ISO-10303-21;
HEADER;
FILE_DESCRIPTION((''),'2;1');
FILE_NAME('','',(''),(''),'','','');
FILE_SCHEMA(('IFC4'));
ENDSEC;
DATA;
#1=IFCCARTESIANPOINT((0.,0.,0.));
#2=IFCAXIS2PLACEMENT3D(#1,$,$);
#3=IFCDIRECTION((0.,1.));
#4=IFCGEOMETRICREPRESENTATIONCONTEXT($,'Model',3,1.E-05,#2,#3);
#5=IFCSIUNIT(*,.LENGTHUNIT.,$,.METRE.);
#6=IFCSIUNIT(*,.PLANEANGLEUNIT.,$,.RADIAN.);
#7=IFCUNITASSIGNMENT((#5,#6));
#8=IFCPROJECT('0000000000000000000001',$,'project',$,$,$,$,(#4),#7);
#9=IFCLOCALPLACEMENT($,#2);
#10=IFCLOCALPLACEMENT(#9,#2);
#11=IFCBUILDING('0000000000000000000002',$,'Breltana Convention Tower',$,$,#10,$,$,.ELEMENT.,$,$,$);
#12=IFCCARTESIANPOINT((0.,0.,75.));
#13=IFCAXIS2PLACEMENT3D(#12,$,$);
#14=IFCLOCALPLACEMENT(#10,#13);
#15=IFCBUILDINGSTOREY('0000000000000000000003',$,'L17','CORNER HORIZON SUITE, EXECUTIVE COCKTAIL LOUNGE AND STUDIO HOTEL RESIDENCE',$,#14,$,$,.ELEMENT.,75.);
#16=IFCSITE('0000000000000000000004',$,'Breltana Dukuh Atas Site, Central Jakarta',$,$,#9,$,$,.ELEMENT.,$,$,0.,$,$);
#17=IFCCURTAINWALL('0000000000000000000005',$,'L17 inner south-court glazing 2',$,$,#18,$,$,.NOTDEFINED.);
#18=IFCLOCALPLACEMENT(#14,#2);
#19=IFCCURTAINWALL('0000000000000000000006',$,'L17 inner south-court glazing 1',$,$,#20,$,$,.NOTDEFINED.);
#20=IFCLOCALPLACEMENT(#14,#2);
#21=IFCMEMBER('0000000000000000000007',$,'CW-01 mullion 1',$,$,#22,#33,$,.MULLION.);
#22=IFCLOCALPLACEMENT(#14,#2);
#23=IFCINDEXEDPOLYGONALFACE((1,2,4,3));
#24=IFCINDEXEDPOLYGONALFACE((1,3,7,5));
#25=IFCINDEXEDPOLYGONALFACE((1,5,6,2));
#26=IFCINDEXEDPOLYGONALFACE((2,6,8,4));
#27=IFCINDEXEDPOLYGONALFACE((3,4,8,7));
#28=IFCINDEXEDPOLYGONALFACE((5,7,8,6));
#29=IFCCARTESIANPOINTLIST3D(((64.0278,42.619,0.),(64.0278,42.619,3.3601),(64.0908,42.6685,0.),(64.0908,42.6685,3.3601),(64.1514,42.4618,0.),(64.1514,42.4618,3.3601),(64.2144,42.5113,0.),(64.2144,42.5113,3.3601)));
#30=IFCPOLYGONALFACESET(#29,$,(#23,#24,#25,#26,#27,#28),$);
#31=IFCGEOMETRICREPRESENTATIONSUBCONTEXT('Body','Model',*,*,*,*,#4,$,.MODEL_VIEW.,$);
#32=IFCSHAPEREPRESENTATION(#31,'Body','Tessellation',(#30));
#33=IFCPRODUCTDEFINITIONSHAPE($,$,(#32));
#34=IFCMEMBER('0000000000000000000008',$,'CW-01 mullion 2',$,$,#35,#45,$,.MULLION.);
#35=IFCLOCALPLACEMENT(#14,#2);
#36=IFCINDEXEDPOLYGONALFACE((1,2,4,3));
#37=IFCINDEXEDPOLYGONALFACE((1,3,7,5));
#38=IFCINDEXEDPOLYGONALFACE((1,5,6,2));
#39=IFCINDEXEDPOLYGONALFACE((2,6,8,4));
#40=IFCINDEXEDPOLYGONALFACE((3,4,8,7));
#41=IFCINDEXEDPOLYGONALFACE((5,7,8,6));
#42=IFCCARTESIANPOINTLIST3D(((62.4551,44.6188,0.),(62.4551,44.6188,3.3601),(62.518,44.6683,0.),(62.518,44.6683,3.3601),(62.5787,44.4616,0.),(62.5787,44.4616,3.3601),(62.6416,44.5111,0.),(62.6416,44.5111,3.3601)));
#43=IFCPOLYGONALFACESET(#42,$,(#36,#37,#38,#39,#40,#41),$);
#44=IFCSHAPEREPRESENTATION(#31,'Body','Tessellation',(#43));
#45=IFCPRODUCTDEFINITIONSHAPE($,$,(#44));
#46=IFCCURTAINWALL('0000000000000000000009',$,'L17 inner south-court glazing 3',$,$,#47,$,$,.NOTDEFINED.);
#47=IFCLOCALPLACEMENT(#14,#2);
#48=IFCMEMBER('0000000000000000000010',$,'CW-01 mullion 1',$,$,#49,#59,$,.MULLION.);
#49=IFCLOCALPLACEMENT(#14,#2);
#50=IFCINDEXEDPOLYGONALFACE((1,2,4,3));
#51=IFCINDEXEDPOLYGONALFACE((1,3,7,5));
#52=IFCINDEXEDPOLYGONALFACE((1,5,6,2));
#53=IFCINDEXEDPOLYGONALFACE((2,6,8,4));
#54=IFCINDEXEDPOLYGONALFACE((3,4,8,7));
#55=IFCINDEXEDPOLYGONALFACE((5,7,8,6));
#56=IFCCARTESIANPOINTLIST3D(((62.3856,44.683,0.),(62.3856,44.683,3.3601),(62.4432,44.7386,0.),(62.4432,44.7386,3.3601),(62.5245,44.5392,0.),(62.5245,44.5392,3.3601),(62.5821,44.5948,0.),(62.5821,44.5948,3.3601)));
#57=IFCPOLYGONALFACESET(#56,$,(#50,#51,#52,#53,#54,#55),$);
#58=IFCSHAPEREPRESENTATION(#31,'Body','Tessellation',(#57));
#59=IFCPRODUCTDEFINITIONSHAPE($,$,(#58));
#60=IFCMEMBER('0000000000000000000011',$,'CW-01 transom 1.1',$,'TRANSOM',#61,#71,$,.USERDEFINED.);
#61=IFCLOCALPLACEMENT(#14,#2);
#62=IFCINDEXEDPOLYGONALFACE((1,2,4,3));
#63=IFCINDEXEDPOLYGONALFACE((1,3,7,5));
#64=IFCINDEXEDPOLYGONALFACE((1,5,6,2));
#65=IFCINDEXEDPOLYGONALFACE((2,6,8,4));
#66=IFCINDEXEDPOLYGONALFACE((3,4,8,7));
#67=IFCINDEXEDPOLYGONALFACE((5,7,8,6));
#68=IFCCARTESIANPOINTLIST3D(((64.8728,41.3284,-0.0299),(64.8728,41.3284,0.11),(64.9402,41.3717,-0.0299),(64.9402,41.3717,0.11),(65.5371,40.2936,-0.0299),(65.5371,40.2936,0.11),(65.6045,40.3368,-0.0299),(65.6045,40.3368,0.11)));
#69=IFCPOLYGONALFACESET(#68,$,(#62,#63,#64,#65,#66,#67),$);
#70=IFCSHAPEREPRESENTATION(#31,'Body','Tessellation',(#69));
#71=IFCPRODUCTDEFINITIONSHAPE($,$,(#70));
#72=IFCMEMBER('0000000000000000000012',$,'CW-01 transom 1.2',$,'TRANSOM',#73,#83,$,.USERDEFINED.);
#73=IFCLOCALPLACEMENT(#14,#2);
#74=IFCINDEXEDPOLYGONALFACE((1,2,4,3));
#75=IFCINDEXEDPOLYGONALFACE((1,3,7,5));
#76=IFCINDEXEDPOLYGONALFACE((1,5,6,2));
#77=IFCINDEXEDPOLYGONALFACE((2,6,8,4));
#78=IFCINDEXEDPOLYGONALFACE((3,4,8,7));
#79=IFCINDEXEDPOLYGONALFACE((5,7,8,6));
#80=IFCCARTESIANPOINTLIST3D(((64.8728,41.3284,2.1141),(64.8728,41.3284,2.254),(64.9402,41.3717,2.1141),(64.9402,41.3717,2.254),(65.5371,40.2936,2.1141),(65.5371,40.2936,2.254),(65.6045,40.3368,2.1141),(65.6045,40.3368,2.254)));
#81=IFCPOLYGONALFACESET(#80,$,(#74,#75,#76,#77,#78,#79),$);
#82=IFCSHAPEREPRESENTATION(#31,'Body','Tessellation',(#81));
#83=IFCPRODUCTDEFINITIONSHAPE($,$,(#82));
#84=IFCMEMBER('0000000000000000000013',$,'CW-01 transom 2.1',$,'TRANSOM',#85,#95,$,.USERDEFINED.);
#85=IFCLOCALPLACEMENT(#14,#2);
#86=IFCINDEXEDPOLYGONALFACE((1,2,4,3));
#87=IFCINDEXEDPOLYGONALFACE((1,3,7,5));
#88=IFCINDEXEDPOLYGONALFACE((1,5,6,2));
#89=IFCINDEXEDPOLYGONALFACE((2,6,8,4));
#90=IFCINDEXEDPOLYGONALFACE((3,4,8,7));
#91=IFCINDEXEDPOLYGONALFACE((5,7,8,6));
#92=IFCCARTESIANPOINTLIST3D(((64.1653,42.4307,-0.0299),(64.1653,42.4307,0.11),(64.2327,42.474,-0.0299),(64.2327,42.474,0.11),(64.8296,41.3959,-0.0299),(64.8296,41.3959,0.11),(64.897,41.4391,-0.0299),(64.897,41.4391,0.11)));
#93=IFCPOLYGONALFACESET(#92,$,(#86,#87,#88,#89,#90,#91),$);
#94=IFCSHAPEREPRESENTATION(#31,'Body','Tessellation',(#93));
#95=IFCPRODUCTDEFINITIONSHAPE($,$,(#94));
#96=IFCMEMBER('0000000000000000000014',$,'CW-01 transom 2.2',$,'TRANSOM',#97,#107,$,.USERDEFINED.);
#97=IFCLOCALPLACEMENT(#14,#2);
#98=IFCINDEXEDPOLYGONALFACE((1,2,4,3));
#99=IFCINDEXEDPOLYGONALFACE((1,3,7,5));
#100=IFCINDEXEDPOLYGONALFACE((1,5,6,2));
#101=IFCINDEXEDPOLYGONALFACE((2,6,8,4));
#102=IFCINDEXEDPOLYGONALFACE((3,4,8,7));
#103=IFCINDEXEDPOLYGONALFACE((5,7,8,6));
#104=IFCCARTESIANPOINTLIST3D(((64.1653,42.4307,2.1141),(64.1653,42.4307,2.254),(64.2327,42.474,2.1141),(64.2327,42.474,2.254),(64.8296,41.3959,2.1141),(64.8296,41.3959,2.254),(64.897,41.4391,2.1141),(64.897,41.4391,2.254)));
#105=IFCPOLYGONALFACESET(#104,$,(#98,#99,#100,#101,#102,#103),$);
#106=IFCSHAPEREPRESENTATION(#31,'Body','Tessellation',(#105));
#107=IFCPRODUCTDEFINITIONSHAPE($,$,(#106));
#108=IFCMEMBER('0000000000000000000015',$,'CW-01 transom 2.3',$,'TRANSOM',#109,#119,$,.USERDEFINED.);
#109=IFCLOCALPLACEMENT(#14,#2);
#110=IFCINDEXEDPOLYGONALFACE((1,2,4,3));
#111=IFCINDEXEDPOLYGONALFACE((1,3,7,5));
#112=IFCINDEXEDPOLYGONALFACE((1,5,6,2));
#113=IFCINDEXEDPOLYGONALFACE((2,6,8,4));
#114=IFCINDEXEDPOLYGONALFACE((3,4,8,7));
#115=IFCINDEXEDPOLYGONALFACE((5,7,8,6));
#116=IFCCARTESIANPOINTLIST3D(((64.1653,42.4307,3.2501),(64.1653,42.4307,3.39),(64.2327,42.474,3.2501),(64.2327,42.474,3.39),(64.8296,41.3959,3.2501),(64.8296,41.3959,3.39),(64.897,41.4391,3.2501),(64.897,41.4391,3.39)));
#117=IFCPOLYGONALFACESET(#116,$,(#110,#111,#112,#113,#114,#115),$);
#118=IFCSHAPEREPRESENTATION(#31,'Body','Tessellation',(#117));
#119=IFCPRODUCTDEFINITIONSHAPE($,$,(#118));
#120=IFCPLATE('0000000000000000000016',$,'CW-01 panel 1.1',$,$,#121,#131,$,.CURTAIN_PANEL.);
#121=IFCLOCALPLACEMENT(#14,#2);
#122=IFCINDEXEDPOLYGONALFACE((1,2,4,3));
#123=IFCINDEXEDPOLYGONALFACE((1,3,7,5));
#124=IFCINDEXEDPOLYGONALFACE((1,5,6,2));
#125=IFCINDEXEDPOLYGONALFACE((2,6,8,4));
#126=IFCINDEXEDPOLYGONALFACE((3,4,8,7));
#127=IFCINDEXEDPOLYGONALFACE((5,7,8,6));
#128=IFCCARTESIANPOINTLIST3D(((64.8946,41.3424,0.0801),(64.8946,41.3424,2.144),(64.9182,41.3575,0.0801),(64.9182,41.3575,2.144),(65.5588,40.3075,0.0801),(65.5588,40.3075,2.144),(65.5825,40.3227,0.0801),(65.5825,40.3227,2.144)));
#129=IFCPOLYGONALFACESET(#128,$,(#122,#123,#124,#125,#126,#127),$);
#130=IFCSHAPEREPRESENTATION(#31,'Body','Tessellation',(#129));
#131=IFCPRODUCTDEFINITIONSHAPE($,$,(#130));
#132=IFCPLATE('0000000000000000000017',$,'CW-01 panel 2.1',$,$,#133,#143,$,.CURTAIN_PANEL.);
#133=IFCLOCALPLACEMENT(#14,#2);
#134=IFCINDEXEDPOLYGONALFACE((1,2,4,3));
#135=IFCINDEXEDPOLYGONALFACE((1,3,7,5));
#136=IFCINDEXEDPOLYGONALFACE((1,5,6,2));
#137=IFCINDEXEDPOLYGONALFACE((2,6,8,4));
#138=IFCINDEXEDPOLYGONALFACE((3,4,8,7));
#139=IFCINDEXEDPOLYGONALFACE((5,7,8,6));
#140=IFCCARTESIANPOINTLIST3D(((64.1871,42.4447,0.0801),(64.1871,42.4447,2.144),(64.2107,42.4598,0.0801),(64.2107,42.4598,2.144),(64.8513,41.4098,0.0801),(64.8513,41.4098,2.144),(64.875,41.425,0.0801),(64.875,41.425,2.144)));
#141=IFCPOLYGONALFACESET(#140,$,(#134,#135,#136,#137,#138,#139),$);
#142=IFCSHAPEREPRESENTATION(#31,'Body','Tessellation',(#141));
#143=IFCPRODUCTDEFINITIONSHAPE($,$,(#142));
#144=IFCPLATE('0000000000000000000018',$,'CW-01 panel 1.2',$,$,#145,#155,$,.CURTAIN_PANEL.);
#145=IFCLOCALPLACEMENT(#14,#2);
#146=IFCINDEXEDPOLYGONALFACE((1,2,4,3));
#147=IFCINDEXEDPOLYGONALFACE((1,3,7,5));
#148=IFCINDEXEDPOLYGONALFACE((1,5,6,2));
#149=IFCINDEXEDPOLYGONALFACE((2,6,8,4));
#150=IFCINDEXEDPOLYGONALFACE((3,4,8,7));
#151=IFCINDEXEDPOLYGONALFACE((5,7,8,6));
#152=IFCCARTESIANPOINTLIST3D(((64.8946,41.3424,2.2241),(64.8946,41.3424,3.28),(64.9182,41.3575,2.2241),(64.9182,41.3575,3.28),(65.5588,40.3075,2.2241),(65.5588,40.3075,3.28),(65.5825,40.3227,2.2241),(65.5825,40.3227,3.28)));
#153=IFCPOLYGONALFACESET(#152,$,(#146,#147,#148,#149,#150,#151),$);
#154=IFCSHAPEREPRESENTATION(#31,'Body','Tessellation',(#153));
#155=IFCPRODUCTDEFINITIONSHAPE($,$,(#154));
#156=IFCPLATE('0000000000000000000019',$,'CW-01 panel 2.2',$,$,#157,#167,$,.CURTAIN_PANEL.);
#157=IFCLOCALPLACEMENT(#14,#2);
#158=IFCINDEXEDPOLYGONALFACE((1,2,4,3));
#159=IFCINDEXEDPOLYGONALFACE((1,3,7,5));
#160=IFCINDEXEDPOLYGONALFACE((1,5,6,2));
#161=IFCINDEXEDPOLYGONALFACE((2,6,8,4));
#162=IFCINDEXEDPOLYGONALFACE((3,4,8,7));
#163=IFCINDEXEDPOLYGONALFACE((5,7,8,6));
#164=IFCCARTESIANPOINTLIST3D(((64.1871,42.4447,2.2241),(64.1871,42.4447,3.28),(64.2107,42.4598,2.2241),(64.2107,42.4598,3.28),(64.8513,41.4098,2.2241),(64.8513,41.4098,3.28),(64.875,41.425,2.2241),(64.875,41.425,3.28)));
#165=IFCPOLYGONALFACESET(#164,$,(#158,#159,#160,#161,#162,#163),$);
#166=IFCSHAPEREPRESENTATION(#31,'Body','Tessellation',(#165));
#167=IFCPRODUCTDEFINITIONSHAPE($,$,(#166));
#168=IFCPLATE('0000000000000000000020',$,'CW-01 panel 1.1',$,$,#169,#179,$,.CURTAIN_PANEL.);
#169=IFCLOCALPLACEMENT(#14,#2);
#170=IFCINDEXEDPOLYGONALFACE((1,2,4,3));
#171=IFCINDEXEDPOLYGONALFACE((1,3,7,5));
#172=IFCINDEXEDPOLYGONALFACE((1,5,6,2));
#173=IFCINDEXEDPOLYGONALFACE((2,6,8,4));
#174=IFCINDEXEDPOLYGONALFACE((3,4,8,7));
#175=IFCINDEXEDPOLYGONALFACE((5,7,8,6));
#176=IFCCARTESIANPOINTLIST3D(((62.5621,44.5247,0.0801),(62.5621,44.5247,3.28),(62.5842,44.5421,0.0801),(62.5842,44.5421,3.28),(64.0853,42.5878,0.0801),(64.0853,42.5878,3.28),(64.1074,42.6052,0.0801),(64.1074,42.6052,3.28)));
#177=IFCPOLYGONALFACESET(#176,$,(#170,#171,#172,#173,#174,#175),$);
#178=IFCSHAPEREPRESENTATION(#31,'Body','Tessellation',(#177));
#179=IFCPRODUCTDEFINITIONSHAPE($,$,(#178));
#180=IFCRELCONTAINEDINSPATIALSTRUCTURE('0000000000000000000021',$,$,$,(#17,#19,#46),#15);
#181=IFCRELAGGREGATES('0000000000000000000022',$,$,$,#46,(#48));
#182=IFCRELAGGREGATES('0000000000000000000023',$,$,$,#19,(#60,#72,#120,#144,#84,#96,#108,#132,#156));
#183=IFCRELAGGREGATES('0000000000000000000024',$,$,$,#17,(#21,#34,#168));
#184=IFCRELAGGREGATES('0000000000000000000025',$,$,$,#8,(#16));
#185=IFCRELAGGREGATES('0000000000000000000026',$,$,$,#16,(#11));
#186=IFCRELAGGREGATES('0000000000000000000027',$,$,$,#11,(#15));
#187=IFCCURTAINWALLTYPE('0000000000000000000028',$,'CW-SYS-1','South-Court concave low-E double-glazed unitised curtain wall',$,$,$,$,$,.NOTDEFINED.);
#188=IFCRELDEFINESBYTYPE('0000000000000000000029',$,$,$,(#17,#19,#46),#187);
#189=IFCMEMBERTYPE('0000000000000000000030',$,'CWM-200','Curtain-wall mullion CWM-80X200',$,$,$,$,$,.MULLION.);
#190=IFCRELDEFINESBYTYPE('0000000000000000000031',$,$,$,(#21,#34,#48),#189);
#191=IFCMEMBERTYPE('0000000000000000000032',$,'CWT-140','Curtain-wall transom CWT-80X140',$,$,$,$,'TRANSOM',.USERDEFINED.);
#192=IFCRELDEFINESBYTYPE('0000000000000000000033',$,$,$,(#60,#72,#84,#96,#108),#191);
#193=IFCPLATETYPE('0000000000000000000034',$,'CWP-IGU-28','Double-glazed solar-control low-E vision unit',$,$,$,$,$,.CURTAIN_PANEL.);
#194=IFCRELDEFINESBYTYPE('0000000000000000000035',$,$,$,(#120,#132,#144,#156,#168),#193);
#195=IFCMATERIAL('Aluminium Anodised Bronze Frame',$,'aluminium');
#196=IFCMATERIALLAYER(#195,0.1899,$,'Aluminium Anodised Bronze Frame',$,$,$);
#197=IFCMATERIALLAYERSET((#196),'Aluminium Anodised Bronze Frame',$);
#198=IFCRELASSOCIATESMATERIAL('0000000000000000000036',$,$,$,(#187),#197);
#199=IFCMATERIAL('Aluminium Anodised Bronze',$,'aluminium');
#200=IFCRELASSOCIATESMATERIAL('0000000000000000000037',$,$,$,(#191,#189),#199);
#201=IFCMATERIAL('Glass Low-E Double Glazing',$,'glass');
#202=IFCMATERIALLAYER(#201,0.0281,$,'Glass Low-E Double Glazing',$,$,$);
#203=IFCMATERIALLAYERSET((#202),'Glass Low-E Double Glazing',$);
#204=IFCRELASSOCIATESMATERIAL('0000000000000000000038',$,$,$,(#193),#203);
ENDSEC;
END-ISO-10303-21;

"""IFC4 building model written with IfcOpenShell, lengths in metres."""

from ifc_helpers import new_model, si_unit, direction, frame, origin, origin_2d, place, context, subcontext, project, spatial, rectangle, extrude, source, transform, mapped, material, layer, layer_set, material_profile, profile_set, type_object, element, aggregate, save


model = new_model("IFC4")

# Units and contexts
model_context = context("Model", 3, precision=1e-05, world=origin(), true_north=direction((0.0, 1.0)))
body_context = subcontext(model_context, "Body", "Model", "MODEL_VIEW")
ifc_project = project(units=[si_unit("LENGTHUNIT", "METRE"), si_unit("PLANEANGLEUNIT", "RADIAN")], contexts=[model_context])

# Site, building, storey
site_placement = place(None, origin())
site = spatial("IfcSite", under=ifc_project, at=site_placement, Name="Breltana Dukuh Atas Site, Central Jakarta", CompositionType="ELEMENT", RefElevation=0.0)
building_placement = place(site_placement, origin())
building = spatial("IfcBuilding", under=site, at=building_placement, Name="Breltana Convention Tower", CompositionType="ELEMENT")
storey_placement = place(building_placement, frame((0.0, 0.0, 75.0)))
storey = spatial("IfcBuildingStorey", under=building, at=storey_placement, Name="L17", Description="CORNER HORIZON SUITE, EXECUTIVE COCKTAIL LOUNGE AND STUDIO HOTEL RESIDENCE", CompositionType="ELEMENT", Elevation=75.0)

# Curtain walls
ifc_material_1 = material(Name="Aluminium Anodised Bronze Frame", Category="aluminium")
ifc_layer_1 = layer(ifc_material_1, 0.1899, Name="Aluminium Anodised Bronze Frame")
ifc_layer_set_1 = layer_set([ifc_layer_1], Name="Aluminium Anodised Bronze Frame")
curtain_wall_type = type_object("IfcCurtainWallType", Name="CW-SYS-1", Description="South-Court concave low-E double-glazed unitised curtain wall", PredefinedType="NOTDEFINED", material=ifc_layer_set_1)
curtain_wall_1_placement = place(storey_placement, origin())
curtain_wall_1 = element("IfcCurtainWall", 1, at=curtain_wall_1_placement, inside=storey, type_object=curtain_wall_type, Name="L17 inner south-court glazing 2", PredefinedType="NOTDEFINED")
ifc_material_2 = material(Name="Aluminium Anodised Bronze", Category="aluminium")
ifc_material_profile_1 = material_profile(ifc_material_2, rectangle(XDim=0.0801, YDim=0.1399, at=origin_2d()), Name="CWT-80X140")
ifc_profile_set_1 = profile_set([ifc_material_profile_1], Name="Aluminium Anodised Bronze")
member_type_1 = type_object("IfcMemberType", Name="CWT-140", Description="Curtain-wall transom CWT-80X140", ElementType="TRANSOM", PredefinedType="USERDEFINED", material=ifc_profile_set_1)
curtain_wall_2_placement = place(storey_placement, origin())
curtain_wall_2 = element("IfcCurtainWall", 2, at=curtain_wall_2_placement, inside=storey, type_object=curtain_wall_type, Name="L17 inner south-court glazing 1", PredefinedType="NOTDEFINED")
ifc_material_profile_2 = material_profile(ifc_material_2, rectangle(XDim=0.0801, YDim=0.2, at=origin_2d()), Name="CWM-80X200")
ifc_profile_set_2 = profile_set([ifc_material_profile_2], Name="Aluminium Anodised Bronze")
member_type_2 = type_object("IfcMemberType", Name="CWM-200", Description="Curtain-wall mullion CWM-80X200", PredefinedType="MULLION", material=ifc_profile_set_2)
shared_shape_1 = source(origin(), body_context, "Body", "SweptSolid", [
    extrude(rectangle(XDim=0.0801, YDim=0.2, at=origin_2d()), origin(), (0.0, 0.0, 1.0), 3.3601),
])

# Members
member_1_placement = place(storey_placement, frame((64.1211, 42.5652, 0.0), z_axis=(0.0, 0.0, 1.0), x_axis=(-0.786058, -0.618153, 0.0)))
member_1 = element("IfcMember", 3, at=member_1_placement, type_object=member_type_2, Name="CW-01 mullion 1", PredefinedType="MULLION", context=body_context, shape_type="MappedRepresentation", body=[
    mapped(shared_shape_1, transform((0.0, 0.0, 0.0), scale=1.0)),
])
member_2_placement = place(storey_placement, frame((62.5483, 44.5649, 0.0), z_axis=(0.0, 0.0, 1.0), x_axis=(-0.786058, -0.618153, 0.0)))
member_2 = element("IfcMember", 4, at=member_2_placement, type_object=member_type_2, Name="CW-01 mullion 2", PredefinedType="MULLION", context=body_context, shape_type="MappedRepresentation", body=[
    mapped(shared_shape_1, transform((0.0, 0.0, 0.0), scale=1.0)),
])

# Curtain wall, member
curtain_wall_3_placement = place(storey_placement, origin())
curtain_wall_3 = element("IfcCurtainWall", 5, at=curtain_wall_3_placement, inside=storey, type_object=curtain_wall_type, Name="L17 inner south-court glazing 3", PredefinedType="NOTDEFINED")
member_3_placement = place(storey_placement, frame((62.4839, 44.6389, 0.0), z_axis=(0.0, 0.0, 1.0), x_axis=(-0.719385, -0.694612, 0.0)))
member_3 = element("IfcMember", 6, at=member_3_placement, type_object=member_type_2, Name="CW-01 mullion 1", PredefinedType="MULLION", context=body_context, shape_type="MappedRepresentation", body=[
    mapped(shared_shape_1, transform((0.0, 0.0, 0.0), scale=1.0)),
])
aggregate(curtain_wall_3, [member_3])

# Members
shared_shape_2 = source(origin(), body_context, "Body", "SweptSolid", [
    extrude(rectangle(XDim=0.0801, YDim=0.1399, at=origin_2d()), origin(), (0.0, 0.0, 1.0), 1.2297),
])
member_4_placement = place(storey_placement, frame((65.5708, 40.3152, 0.04), z_axis=(-0.540186, 0.841546, 0.0), x_axis=(-0.841546, -0.540186, 0.0)))
member_4 = element("IfcMember", 7, at=member_4_placement, type_object=member_type_1, Name="CW-01 transom 1.1", ObjectType="TRANSOM", PredefinedType="USERDEFINED", context=body_context, shape_type="MappedRepresentation", body=[
    mapped(shared_shape_2, transform((0.0, 0.0, 0.0), scale=1.0)),
])
member_5_placement = place(storey_placement, frame((65.5708, 40.3152, 2.1841), z_axis=(-0.540186, 0.841546, 0.0), x_axis=(-0.841546, -0.540186, 0.0)))
member_5 = element("IfcMember", 8, at=member_5_placement, type_object=member_type_1, Name="CW-01 transom 1.2", ObjectType="TRANSOM", PredefinedType="USERDEFINED", context=body_context, shape_type="MappedRepresentation", body=[
    mapped(shared_shape_2, transform((0.0, 0.0, 0.0), scale=1.0)),
])
member_6_placement = place(storey_placement, frame((64.8633, 41.4175, 0.04), z_axis=(-0.540186, 0.841546, 0.0), x_axis=(-0.841546, -0.540186, 0.0)))
member_6 = element("IfcMember", 9, at=member_6_placement, type_object=member_type_1, Name="CW-01 transom 2.1", ObjectType="TRANSOM", PredefinedType="USERDEFINED", context=body_context, shape_type="MappedRepresentation", body=[
    mapped(shared_shape_2, transform((0.0, 0.0, 0.0), scale=1.0)),
])
member_7_placement = place(storey_placement, frame((64.8633, 41.4175, 2.1841), z_axis=(-0.540186, 0.841546, 0.0), x_axis=(-0.841546, -0.540186, 0.0)))
member_7 = element("IfcMember", 10, at=member_7_placement, type_object=member_type_1, Name="CW-01 transom 2.2", ObjectType="TRANSOM", PredefinedType="USERDEFINED", context=body_context, shape_type="MappedRepresentation", body=[
    mapped(shared_shape_2, transform((0.0, 0.0, 0.0), scale=1.0)),
])
member_8_placement = place(storey_placement, frame((64.8633, 41.4175, 3.3201), z_axis=(-0.540186, 0.841546, 0.0), x_axis=(-0.841546, -0.540186, 0.0)))
member_8 = element("IfcMember", 11, at=member_8_placement, type_object=member_type_1, Name="CW-01 transom 2.3", ObjectType="TRANSOM", PredefinedType="USERDEFINED", context=body_context, shape_type="MappedRepresentation", body=[
    mapped(shared_shape_2, transform((0.0, 0.0, 0.0), scale=1.0)),
])

# Plates
ifc_material_3 = material(Name="Glass Low-E Double Glazing", Category="glass")
ifc_layer_2 = layer(ifc_material_3, 0.0281, Name="Glass Low-E Double Glazing")
ifc_layer_set_2 = layer_set([ifc_layer_2], Name="Glass Low-E Double Glazing")
plate_type = type_object("IfcPlateType", Name="CWP-IGU-28", Description="Double-glazed solar-control low-E vision unit", PredefinedType="CURTAIN_PANEL", material=ifc_layer_set_2)
shared_shape_3 = source(origin(), body_context, "Body", "SweptSolid", [
    extrude(rectangle(XDim=1.2297, YDim=0.0281, at=origin_2d()), origin(), (0.0, 0.0, 1.0), 2.064),
])
plate_1_placement = place(storey_placement, frame((65.2385, 40.8325, 0.0801), z_axis=(0.0, 0.0, 1.0), x_axis=(-0.54017, 0.841556, 0.0)))
plate_1 = element("IfcPlate", 12, at=plate_1_placement, type_object=plate_type, Name="CW-01 panel 1.1", PredefinedType="CURTAIN_PANEL", context=body_context, shape_type="MappedRepresentation", body=[
    mapped(shared_shape_3, transform((0.0, 0.0, 0.0), scale=1.0)),
])
plate_2_placement = place(storey_placement, frame((64.531, 41.9348, 0.0801), z_axis=(0.0, 0.0, 1.0), x_axis=(-0.54017, 0.841556, 0.0)))
plate_2 = element("IfcPlate", 13, at=plate_2_placement, type_object=plate_type, Name="CW-01 panel 2.1", PredefinedType="CURTAIN_PANEL", context=body_context, shape_type="MappedRepresentation", body=[
    mapped(shared_shape_3, transform((0.0, 0.0, 0.0), scale=1.0)),
])
shared_shape_4 = source(origin(), body_context, "Body", "SweptSolid", [
    extrude(rectangle(XDim=1.2297, YDim=0.0281, at=origin_2d()), origin(), (0.0, 0.0, 1.0), 1.0559),
])
plate_3_placement = place(storey_placement, frame((65.2385, 40.8325, 2.2241), z_axis=(0.0, 0.0, 1.0), x_axis=(-0.54017, 0.841556, 0.0)))
plate_3 = element("IfcPlate", 14, at=plate_3_placement, type_object=plate_type, Name="CW-01 panel 1.2", PredefinedType="CURTAIN_PANEL", context=body_context, shape_type="MappedRepresentation", body=[
    mapped(shared_shape_4, transform((0.0, 0.0, 0.0), scale=1.0)),
])
plate_4_placement = place(storey_placement, frame((64.531, 41.9348, 2.2241), z_axis=(0.0, 0.0, 1.0), x_axis=(-0.54017, 0.841556, 0.0)))
plate_4 = element("IfcPlate", 15, at=plate_4_placement, type_object=plate_type, Name="CW-01 panel 2.2", PredefinedType="CURTAIN_PANEL", context=body_context, shape_type="MappedRepresentation", body=[
    mapped(shared_shape_4, transform((0.0, 0.0, 0.0), scale=1.0)),
])
aggregate(curtain_wall_2, [member_4, member_5, plate_1, plate_3, member_6, member_7, member_8, plate_2, plate_4])
shared_shape_5 = source(origin(), body_context, "Body", "SweptSolid", [
    extrude(rectangle(XDim=2.4641, YDim=0.0281, at=origin_2d()), origin(), (0.0, 0.0, 1.0), 3.2),
])
plate_5_placement = place(storey_placement, frame((63.3347, 43.5649, 0.0801), z_axis=(0.0, 0.0, 1.0), x_axis=(-0.618153, 0.786058, 0.0)))
plate_5 = element("IfcPlate", 16, at=plate_5_placement, type_object=plate_type, Name="CW-01 panel 1.1", PredefinedType="CURTAIN_PANEL", context=body_context, shape_type="MappedRepresentation", body=[
    mapped(shared_shape_5, transform((0.0, 0.0, 0.0), scale=1.0)),
])
aggregate(curtain_wall_1, [member_1, member_2, plate_5])

save(model, "model.ifc")
